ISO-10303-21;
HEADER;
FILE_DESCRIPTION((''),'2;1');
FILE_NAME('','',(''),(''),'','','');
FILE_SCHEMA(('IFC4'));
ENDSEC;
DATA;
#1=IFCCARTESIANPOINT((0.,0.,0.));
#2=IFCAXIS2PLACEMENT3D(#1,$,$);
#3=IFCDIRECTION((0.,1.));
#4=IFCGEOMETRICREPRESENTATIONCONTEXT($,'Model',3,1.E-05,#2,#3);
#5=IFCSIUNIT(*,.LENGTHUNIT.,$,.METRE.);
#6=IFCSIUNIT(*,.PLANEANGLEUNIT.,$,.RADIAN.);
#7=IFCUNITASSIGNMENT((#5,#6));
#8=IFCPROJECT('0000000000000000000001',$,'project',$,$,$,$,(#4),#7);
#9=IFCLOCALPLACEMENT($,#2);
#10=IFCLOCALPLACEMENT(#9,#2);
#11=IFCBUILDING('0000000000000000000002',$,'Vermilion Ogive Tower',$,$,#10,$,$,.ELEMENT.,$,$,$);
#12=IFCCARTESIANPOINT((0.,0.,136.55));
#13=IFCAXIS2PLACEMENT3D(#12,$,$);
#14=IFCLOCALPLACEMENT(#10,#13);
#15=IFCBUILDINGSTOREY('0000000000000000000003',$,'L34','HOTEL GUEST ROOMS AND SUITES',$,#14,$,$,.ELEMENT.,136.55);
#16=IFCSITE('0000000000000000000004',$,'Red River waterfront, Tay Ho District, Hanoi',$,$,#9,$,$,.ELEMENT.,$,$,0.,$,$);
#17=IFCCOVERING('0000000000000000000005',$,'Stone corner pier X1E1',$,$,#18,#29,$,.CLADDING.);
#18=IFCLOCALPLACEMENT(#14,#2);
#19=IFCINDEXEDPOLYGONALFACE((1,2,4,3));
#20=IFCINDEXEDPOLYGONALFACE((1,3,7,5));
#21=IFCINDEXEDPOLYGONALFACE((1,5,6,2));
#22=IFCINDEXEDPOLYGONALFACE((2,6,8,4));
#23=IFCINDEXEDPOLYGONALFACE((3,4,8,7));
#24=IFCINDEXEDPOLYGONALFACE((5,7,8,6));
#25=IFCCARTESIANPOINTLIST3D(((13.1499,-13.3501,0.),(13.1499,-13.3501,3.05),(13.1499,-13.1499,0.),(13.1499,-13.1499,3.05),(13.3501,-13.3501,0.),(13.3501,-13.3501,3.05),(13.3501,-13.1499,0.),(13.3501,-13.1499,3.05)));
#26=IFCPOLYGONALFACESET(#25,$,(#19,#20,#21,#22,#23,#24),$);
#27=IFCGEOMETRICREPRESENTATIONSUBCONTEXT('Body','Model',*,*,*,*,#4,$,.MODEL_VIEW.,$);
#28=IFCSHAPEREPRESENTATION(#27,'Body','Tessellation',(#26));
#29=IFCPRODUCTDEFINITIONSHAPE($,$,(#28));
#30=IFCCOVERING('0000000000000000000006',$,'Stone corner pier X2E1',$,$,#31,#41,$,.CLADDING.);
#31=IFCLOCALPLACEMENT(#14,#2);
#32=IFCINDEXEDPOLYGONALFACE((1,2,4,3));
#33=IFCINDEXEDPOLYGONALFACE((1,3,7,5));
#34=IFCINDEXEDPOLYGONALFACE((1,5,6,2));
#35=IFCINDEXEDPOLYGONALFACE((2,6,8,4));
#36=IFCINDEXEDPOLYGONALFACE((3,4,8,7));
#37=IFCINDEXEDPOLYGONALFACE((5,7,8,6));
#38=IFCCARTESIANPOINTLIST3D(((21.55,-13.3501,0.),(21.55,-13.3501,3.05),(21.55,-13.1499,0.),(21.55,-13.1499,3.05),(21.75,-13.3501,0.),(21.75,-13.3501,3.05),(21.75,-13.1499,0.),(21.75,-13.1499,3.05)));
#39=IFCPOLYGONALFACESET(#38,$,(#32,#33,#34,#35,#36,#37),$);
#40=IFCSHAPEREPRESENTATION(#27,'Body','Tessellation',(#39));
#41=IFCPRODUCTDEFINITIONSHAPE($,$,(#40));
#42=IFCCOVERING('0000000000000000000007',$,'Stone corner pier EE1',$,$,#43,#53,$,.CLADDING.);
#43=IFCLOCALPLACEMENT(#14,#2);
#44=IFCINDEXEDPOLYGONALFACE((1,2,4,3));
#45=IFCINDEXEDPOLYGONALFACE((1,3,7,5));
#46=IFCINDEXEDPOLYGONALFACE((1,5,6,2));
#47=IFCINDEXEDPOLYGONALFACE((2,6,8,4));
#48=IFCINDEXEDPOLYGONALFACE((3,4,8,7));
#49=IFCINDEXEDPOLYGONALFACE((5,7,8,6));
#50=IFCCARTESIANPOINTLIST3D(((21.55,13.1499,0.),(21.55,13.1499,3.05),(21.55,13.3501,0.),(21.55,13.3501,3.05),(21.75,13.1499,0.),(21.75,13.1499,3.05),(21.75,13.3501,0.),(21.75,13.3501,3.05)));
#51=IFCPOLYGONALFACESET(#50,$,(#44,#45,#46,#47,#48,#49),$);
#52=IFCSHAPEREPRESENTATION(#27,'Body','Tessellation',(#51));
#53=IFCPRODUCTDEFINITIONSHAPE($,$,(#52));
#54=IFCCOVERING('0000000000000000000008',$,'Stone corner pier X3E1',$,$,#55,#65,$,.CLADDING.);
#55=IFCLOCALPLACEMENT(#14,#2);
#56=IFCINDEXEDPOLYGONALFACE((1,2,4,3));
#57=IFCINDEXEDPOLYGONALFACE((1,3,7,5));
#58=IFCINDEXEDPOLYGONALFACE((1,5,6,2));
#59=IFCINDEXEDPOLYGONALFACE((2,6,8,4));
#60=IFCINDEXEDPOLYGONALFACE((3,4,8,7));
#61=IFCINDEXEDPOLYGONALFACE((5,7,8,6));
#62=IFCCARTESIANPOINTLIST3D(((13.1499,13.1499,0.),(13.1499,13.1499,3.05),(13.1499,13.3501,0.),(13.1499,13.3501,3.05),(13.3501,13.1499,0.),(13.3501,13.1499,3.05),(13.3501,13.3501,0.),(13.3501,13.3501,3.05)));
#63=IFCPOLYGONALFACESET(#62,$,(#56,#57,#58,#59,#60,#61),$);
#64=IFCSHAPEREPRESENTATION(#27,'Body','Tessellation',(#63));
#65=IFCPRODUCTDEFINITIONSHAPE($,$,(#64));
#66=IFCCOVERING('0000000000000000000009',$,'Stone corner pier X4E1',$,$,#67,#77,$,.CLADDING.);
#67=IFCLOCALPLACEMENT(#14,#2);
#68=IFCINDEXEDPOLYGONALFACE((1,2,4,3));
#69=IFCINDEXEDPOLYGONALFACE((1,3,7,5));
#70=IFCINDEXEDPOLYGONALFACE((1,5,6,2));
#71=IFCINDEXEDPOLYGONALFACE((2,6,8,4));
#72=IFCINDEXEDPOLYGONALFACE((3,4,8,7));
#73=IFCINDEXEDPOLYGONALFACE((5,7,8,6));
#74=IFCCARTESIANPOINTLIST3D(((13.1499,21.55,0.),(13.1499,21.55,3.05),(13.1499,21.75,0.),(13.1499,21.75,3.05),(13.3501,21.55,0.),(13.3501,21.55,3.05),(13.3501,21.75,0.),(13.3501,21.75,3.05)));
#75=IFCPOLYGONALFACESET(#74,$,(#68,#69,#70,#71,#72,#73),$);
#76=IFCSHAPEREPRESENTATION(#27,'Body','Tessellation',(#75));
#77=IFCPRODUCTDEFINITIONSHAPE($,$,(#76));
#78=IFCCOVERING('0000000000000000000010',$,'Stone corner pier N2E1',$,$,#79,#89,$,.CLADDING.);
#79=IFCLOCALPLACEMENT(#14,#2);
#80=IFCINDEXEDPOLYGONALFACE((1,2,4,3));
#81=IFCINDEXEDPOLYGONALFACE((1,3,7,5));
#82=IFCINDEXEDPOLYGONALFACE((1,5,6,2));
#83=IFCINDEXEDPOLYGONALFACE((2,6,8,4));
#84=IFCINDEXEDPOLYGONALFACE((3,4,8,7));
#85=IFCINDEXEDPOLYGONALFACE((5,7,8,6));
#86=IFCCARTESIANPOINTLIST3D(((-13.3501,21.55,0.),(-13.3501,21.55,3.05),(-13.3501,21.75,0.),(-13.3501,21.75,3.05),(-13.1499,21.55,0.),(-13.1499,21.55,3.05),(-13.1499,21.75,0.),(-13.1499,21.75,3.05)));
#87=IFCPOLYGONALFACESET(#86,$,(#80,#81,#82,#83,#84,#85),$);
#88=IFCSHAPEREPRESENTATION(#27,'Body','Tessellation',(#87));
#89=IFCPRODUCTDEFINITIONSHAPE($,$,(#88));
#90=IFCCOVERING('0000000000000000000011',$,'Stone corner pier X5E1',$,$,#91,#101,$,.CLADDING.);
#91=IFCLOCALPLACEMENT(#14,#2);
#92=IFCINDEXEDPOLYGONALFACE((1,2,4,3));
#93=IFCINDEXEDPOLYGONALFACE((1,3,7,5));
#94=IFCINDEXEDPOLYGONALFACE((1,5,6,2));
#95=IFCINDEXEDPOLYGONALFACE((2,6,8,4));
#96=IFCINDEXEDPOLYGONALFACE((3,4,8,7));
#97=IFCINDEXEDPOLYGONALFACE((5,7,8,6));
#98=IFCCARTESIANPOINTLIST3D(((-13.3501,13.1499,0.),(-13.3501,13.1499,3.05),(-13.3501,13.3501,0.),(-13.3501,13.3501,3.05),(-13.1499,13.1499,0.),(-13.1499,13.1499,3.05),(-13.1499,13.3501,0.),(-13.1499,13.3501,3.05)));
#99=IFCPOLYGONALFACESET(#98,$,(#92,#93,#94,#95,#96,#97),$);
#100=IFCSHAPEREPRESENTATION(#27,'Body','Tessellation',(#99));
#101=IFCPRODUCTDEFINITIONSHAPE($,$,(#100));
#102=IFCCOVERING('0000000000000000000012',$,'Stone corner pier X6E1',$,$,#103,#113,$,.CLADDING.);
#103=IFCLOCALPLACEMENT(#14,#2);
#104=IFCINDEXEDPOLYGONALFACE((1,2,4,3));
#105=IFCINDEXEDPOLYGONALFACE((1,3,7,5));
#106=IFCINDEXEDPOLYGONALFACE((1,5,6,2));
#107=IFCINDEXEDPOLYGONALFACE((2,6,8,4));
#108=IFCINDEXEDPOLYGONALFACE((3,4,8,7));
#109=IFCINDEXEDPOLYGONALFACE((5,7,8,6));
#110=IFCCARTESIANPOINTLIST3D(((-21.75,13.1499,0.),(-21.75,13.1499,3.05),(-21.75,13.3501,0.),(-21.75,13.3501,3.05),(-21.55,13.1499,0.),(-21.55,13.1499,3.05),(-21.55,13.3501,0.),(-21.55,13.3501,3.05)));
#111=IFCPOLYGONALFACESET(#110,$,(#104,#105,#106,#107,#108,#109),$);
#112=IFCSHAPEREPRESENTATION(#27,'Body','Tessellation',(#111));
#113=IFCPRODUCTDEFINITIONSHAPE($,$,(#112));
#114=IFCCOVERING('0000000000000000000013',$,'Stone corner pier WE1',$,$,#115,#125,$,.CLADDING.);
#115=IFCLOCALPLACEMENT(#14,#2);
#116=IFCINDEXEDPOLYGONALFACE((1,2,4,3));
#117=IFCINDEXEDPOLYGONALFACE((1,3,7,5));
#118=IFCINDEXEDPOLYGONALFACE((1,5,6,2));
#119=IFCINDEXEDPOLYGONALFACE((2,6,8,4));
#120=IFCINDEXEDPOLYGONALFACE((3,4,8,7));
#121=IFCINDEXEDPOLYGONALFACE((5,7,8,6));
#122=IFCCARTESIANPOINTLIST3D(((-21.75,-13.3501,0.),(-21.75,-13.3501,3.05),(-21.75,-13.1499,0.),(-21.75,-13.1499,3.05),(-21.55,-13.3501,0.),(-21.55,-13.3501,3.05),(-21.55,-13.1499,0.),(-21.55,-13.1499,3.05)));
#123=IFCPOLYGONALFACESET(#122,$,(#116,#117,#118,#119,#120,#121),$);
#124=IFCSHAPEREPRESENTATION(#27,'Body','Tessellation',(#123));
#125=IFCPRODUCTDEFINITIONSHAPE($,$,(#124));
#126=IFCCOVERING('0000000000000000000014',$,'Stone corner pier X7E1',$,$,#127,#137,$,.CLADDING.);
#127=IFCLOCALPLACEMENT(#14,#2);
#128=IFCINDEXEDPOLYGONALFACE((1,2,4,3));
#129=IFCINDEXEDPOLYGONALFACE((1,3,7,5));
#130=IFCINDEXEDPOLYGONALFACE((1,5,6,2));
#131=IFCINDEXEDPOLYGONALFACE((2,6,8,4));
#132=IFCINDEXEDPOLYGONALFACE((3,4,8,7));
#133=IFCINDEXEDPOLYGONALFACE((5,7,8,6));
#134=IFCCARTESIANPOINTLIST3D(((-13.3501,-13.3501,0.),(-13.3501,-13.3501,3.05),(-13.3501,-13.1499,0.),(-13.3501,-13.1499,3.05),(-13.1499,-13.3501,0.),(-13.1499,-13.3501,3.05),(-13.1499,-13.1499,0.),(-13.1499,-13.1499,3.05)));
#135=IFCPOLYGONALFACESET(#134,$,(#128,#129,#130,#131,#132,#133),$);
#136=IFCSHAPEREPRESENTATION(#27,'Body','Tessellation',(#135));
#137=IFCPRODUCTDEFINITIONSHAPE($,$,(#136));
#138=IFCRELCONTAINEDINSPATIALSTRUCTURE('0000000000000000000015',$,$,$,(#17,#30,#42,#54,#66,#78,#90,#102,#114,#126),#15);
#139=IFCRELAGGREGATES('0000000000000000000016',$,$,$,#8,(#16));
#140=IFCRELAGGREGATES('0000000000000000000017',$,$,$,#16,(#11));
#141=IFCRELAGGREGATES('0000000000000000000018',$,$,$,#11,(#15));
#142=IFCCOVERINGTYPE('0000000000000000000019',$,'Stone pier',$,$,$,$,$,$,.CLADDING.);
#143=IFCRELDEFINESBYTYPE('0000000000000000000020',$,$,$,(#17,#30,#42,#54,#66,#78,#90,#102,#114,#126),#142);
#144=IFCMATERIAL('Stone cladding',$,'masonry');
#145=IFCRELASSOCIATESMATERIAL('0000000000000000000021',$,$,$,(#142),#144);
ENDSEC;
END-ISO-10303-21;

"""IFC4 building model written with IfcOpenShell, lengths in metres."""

from ifc_helpers import new_model, si_unit, direction, frame, origin, place, context, subcontext, project, spatial, polyline, outline, extrude, material, type_object, element, save


model = new_model("IFC4")

# Units and contexts
model_context = context("Model", 3, precision=1e-05, world=origin(), true_north=direction((0.0, 1.0)))
body_context = subcontext(model_context, "Body", "Model", "MODEL_VIEW")
ifc_project = project(units=[si_unit("LENGTHUNIT", "METRE"), si_unit("PLANEANGLEUNIT", "RADIAN")], contexts=[model_context])

# Site, building, storey
site_placement = place(None, origin())
site = spatial("IfcSite", under=ifc_project, at=site_placement, Name="Red River waterfront, Tay Ho District, Hanoi", CompositionType="ELEMENT", RefElevation=0.0)
building_placement = place(site_placement, origin())
building = spatial("IfcBuilding", under=site, at=building_placement, Name="Vermilion Ogive Tower", CompositionType="ELEMENT")
storey_placement = place(building_placement, frame((0.0, 0.0, 136.55)))
storey = spatial("IfcBuildingStorey", under=building, at=storey_placement, Name="L34", Description="HOTEL GUEST ROOMS AND SUITES", CompositionType="ELEMENT", Elevation=136.55)

# Coverings
ifc_material_1 = material(Name="Stone cladding", Category="masonry")
covering_type = type_object("IfcCoveringType", Name="Stone pier", PredefinedType="CLADDING", material=ifc_material_1)
covering_1_placement = place(storey_placement, origin())
element("IfcCovering", 1, at=covering_1_placement, inside=storey, type_object=covering_type, Name="Stone corner pier X1E1", PredefinedType="CLADDING", context=body_context, shape_type="SweptSolid", body=[
    extrude(outline(polyline([(13.1499, -13.1499), (13.3501, -13.1499), (13.3501, -13.3501), (13.1499, -13.3501), (13.1499, -13.1499)])), origin(), (0.0, 0.0, 1.0), 3.05),
])
covering_2_placement = place(storey_placement, origin())
element("IfcCovering", 2, at=covering_2_placement, inside=storey, type_object=covering_type, Name="Stone corner pier X2E1", PredefinedType="CLADDING", context=body_context, shape_type="SweptSolid", body=[
    extrude(outline(polyline([(21.55, -13.3501), (21.55, -13.1499), (21.75, -13.1499), (21.75, -13.3501), (21.55, -13.3501)])), origin(), (0.0, 0.0, 1.0), 3.05),
])
covering_3_placement = place(storey_placement, origin())
element("IfcCovering", 3, at=covering_3_placement, inside=storey, type_object=covering_type, Name="Stone corner pier EE1", PredefinedType="CLADDING", context=body_context, shape_type="SweptSolid", body=[
    extrude(outline(polyline([(21.75, 13.1499), (21.55, 13.1499), (21.55, 13.3501), (21.75, 13.3501), (21.75, 13.1499)])), origin(), (0.0, 0.0, 1.0), 3.05),
])
covering_4_placement = place(storey_placement, origin())
element("IfcCovering", 4, at=covering_4_placement, inside=storey, type_object=covering_type, Name="Stone corner pier X3E1", PredefinedType="CLADDING", context=body_context, shape_type="SweptSolid", body=[
    extrude(outline(polyline([(13.1499, 13.1499), (13.1499, 13.3501), (13.3501, 13.3501), (13.3501, 13.1499), (13.1499, 13.1499)])), origin(), (0.0, 0.0, 1.0), 3.05),
])
covering_5_placement = place(storey_placement, origin())
element("IfcCovering", 5, at=covering_5_placement, inside=storey, type_object=covering_type, Name="Stone corner pier X4E1", PredefinedType="CLADDING", context=body_context, shape_type="SweptSolid", body=[
    extrude(outline(polyline([(13.3501, 21.55), (13.1499, 21.55), (13.1499, 21.75), (13.3501, 21.75), (13.3501, 21.55)])), origin(), (0.0, 0.0, 1.0), 3.05),
])
covering_6_placement = place(storey_placement, origin())
element("IfcCovering", 6, at=covering_6_placement, inside=storey, type_object=covering_type, Name="Stone corner pier N2E1", PredefinedType="CLADDING", context=body_context, shape_type="SweptSolid", body=[
    extrude(outline(polyline([(-13.1499, 21.75), (-13.1499, 21.55), (-13.3501, 21.55), (-13.3501, 21.75), (-13.1499, 21.75)])), origin(), (0.0, 0.0, 1.0), 3.05),
])
covering_7_placement = place(storey_placement, origin())
element("IfcCovering", 7, at=covering_7_placement, inside=storey, type_object=covering_type, Name="Stone corner pier X5E1", PredefinedType="CLADDING", context=body_context, shape_type="SweptSolid", body=[
    extrude(outline(polyline([(-13.1499, 13.1499), (-13.3501, 13.1499), (-13.3501, 13.3501), (-13.1499, 13.3501), (-13.1499, 13.1499)])), origin(), (0.0, 0.0, 1.0), 3.05),
])
covering_8_placement = place(storey_placement, origin())
element("IfcCovering", 8, at=covering_8_placement, inside=storey, type_object=covering_type, Name="Stone corner pier X6E1", PredefinedType="CLADDING", context=body_context, shape_type="SweptSolid", body=[
    extrude(outline(polyline([(-21.55, 13.3501), (-21.55, 13.1499), (-21.75, 13.1499), (-21.75, 13.3501), (-21.55, 13.3501)])), origin(), (0.0, 0.0, 1.0), 3.05),
])
covering_9_placement = place(storey_placement, origin())
element("IfcCovering", 9, at=covering_9_placement, inside=storey, type_object=covering_type, Name="Stone corner pier WE1", PredefinedType="CLADDING", context=body_context, shape_type="SweptSolid", body=[
    extrude(outline(polyline([(-21.75, -13.1499), (-21.55, -13.1499), (-21.55, -13.3501), (-21.75, -13.3501), (-21.75, -13.1499)])), origin(), (0.0, 0.0, 1.0), 3.05),
])
covering_10_placement = place(storey_placement, origin())
element("IfcCovering", 10, at=covering_10_placement, inside=storey, type_object=covering_type, Name="Stone corner pier X7E1", PredefinedType="CLADDING", context=body_context, shape_type="SweptSolid", body=[
    extrude(outline(polyline([(-13.1499, -13.1499), (-13.1499, -13.3501), (-13.3501, -13.3501), (-13.3501, -13.1499), (-13.1499, -13.1499)])), origin(), (0.0, 0.0, 1.0), 3.05),
])

save(model, "model.ifc")
